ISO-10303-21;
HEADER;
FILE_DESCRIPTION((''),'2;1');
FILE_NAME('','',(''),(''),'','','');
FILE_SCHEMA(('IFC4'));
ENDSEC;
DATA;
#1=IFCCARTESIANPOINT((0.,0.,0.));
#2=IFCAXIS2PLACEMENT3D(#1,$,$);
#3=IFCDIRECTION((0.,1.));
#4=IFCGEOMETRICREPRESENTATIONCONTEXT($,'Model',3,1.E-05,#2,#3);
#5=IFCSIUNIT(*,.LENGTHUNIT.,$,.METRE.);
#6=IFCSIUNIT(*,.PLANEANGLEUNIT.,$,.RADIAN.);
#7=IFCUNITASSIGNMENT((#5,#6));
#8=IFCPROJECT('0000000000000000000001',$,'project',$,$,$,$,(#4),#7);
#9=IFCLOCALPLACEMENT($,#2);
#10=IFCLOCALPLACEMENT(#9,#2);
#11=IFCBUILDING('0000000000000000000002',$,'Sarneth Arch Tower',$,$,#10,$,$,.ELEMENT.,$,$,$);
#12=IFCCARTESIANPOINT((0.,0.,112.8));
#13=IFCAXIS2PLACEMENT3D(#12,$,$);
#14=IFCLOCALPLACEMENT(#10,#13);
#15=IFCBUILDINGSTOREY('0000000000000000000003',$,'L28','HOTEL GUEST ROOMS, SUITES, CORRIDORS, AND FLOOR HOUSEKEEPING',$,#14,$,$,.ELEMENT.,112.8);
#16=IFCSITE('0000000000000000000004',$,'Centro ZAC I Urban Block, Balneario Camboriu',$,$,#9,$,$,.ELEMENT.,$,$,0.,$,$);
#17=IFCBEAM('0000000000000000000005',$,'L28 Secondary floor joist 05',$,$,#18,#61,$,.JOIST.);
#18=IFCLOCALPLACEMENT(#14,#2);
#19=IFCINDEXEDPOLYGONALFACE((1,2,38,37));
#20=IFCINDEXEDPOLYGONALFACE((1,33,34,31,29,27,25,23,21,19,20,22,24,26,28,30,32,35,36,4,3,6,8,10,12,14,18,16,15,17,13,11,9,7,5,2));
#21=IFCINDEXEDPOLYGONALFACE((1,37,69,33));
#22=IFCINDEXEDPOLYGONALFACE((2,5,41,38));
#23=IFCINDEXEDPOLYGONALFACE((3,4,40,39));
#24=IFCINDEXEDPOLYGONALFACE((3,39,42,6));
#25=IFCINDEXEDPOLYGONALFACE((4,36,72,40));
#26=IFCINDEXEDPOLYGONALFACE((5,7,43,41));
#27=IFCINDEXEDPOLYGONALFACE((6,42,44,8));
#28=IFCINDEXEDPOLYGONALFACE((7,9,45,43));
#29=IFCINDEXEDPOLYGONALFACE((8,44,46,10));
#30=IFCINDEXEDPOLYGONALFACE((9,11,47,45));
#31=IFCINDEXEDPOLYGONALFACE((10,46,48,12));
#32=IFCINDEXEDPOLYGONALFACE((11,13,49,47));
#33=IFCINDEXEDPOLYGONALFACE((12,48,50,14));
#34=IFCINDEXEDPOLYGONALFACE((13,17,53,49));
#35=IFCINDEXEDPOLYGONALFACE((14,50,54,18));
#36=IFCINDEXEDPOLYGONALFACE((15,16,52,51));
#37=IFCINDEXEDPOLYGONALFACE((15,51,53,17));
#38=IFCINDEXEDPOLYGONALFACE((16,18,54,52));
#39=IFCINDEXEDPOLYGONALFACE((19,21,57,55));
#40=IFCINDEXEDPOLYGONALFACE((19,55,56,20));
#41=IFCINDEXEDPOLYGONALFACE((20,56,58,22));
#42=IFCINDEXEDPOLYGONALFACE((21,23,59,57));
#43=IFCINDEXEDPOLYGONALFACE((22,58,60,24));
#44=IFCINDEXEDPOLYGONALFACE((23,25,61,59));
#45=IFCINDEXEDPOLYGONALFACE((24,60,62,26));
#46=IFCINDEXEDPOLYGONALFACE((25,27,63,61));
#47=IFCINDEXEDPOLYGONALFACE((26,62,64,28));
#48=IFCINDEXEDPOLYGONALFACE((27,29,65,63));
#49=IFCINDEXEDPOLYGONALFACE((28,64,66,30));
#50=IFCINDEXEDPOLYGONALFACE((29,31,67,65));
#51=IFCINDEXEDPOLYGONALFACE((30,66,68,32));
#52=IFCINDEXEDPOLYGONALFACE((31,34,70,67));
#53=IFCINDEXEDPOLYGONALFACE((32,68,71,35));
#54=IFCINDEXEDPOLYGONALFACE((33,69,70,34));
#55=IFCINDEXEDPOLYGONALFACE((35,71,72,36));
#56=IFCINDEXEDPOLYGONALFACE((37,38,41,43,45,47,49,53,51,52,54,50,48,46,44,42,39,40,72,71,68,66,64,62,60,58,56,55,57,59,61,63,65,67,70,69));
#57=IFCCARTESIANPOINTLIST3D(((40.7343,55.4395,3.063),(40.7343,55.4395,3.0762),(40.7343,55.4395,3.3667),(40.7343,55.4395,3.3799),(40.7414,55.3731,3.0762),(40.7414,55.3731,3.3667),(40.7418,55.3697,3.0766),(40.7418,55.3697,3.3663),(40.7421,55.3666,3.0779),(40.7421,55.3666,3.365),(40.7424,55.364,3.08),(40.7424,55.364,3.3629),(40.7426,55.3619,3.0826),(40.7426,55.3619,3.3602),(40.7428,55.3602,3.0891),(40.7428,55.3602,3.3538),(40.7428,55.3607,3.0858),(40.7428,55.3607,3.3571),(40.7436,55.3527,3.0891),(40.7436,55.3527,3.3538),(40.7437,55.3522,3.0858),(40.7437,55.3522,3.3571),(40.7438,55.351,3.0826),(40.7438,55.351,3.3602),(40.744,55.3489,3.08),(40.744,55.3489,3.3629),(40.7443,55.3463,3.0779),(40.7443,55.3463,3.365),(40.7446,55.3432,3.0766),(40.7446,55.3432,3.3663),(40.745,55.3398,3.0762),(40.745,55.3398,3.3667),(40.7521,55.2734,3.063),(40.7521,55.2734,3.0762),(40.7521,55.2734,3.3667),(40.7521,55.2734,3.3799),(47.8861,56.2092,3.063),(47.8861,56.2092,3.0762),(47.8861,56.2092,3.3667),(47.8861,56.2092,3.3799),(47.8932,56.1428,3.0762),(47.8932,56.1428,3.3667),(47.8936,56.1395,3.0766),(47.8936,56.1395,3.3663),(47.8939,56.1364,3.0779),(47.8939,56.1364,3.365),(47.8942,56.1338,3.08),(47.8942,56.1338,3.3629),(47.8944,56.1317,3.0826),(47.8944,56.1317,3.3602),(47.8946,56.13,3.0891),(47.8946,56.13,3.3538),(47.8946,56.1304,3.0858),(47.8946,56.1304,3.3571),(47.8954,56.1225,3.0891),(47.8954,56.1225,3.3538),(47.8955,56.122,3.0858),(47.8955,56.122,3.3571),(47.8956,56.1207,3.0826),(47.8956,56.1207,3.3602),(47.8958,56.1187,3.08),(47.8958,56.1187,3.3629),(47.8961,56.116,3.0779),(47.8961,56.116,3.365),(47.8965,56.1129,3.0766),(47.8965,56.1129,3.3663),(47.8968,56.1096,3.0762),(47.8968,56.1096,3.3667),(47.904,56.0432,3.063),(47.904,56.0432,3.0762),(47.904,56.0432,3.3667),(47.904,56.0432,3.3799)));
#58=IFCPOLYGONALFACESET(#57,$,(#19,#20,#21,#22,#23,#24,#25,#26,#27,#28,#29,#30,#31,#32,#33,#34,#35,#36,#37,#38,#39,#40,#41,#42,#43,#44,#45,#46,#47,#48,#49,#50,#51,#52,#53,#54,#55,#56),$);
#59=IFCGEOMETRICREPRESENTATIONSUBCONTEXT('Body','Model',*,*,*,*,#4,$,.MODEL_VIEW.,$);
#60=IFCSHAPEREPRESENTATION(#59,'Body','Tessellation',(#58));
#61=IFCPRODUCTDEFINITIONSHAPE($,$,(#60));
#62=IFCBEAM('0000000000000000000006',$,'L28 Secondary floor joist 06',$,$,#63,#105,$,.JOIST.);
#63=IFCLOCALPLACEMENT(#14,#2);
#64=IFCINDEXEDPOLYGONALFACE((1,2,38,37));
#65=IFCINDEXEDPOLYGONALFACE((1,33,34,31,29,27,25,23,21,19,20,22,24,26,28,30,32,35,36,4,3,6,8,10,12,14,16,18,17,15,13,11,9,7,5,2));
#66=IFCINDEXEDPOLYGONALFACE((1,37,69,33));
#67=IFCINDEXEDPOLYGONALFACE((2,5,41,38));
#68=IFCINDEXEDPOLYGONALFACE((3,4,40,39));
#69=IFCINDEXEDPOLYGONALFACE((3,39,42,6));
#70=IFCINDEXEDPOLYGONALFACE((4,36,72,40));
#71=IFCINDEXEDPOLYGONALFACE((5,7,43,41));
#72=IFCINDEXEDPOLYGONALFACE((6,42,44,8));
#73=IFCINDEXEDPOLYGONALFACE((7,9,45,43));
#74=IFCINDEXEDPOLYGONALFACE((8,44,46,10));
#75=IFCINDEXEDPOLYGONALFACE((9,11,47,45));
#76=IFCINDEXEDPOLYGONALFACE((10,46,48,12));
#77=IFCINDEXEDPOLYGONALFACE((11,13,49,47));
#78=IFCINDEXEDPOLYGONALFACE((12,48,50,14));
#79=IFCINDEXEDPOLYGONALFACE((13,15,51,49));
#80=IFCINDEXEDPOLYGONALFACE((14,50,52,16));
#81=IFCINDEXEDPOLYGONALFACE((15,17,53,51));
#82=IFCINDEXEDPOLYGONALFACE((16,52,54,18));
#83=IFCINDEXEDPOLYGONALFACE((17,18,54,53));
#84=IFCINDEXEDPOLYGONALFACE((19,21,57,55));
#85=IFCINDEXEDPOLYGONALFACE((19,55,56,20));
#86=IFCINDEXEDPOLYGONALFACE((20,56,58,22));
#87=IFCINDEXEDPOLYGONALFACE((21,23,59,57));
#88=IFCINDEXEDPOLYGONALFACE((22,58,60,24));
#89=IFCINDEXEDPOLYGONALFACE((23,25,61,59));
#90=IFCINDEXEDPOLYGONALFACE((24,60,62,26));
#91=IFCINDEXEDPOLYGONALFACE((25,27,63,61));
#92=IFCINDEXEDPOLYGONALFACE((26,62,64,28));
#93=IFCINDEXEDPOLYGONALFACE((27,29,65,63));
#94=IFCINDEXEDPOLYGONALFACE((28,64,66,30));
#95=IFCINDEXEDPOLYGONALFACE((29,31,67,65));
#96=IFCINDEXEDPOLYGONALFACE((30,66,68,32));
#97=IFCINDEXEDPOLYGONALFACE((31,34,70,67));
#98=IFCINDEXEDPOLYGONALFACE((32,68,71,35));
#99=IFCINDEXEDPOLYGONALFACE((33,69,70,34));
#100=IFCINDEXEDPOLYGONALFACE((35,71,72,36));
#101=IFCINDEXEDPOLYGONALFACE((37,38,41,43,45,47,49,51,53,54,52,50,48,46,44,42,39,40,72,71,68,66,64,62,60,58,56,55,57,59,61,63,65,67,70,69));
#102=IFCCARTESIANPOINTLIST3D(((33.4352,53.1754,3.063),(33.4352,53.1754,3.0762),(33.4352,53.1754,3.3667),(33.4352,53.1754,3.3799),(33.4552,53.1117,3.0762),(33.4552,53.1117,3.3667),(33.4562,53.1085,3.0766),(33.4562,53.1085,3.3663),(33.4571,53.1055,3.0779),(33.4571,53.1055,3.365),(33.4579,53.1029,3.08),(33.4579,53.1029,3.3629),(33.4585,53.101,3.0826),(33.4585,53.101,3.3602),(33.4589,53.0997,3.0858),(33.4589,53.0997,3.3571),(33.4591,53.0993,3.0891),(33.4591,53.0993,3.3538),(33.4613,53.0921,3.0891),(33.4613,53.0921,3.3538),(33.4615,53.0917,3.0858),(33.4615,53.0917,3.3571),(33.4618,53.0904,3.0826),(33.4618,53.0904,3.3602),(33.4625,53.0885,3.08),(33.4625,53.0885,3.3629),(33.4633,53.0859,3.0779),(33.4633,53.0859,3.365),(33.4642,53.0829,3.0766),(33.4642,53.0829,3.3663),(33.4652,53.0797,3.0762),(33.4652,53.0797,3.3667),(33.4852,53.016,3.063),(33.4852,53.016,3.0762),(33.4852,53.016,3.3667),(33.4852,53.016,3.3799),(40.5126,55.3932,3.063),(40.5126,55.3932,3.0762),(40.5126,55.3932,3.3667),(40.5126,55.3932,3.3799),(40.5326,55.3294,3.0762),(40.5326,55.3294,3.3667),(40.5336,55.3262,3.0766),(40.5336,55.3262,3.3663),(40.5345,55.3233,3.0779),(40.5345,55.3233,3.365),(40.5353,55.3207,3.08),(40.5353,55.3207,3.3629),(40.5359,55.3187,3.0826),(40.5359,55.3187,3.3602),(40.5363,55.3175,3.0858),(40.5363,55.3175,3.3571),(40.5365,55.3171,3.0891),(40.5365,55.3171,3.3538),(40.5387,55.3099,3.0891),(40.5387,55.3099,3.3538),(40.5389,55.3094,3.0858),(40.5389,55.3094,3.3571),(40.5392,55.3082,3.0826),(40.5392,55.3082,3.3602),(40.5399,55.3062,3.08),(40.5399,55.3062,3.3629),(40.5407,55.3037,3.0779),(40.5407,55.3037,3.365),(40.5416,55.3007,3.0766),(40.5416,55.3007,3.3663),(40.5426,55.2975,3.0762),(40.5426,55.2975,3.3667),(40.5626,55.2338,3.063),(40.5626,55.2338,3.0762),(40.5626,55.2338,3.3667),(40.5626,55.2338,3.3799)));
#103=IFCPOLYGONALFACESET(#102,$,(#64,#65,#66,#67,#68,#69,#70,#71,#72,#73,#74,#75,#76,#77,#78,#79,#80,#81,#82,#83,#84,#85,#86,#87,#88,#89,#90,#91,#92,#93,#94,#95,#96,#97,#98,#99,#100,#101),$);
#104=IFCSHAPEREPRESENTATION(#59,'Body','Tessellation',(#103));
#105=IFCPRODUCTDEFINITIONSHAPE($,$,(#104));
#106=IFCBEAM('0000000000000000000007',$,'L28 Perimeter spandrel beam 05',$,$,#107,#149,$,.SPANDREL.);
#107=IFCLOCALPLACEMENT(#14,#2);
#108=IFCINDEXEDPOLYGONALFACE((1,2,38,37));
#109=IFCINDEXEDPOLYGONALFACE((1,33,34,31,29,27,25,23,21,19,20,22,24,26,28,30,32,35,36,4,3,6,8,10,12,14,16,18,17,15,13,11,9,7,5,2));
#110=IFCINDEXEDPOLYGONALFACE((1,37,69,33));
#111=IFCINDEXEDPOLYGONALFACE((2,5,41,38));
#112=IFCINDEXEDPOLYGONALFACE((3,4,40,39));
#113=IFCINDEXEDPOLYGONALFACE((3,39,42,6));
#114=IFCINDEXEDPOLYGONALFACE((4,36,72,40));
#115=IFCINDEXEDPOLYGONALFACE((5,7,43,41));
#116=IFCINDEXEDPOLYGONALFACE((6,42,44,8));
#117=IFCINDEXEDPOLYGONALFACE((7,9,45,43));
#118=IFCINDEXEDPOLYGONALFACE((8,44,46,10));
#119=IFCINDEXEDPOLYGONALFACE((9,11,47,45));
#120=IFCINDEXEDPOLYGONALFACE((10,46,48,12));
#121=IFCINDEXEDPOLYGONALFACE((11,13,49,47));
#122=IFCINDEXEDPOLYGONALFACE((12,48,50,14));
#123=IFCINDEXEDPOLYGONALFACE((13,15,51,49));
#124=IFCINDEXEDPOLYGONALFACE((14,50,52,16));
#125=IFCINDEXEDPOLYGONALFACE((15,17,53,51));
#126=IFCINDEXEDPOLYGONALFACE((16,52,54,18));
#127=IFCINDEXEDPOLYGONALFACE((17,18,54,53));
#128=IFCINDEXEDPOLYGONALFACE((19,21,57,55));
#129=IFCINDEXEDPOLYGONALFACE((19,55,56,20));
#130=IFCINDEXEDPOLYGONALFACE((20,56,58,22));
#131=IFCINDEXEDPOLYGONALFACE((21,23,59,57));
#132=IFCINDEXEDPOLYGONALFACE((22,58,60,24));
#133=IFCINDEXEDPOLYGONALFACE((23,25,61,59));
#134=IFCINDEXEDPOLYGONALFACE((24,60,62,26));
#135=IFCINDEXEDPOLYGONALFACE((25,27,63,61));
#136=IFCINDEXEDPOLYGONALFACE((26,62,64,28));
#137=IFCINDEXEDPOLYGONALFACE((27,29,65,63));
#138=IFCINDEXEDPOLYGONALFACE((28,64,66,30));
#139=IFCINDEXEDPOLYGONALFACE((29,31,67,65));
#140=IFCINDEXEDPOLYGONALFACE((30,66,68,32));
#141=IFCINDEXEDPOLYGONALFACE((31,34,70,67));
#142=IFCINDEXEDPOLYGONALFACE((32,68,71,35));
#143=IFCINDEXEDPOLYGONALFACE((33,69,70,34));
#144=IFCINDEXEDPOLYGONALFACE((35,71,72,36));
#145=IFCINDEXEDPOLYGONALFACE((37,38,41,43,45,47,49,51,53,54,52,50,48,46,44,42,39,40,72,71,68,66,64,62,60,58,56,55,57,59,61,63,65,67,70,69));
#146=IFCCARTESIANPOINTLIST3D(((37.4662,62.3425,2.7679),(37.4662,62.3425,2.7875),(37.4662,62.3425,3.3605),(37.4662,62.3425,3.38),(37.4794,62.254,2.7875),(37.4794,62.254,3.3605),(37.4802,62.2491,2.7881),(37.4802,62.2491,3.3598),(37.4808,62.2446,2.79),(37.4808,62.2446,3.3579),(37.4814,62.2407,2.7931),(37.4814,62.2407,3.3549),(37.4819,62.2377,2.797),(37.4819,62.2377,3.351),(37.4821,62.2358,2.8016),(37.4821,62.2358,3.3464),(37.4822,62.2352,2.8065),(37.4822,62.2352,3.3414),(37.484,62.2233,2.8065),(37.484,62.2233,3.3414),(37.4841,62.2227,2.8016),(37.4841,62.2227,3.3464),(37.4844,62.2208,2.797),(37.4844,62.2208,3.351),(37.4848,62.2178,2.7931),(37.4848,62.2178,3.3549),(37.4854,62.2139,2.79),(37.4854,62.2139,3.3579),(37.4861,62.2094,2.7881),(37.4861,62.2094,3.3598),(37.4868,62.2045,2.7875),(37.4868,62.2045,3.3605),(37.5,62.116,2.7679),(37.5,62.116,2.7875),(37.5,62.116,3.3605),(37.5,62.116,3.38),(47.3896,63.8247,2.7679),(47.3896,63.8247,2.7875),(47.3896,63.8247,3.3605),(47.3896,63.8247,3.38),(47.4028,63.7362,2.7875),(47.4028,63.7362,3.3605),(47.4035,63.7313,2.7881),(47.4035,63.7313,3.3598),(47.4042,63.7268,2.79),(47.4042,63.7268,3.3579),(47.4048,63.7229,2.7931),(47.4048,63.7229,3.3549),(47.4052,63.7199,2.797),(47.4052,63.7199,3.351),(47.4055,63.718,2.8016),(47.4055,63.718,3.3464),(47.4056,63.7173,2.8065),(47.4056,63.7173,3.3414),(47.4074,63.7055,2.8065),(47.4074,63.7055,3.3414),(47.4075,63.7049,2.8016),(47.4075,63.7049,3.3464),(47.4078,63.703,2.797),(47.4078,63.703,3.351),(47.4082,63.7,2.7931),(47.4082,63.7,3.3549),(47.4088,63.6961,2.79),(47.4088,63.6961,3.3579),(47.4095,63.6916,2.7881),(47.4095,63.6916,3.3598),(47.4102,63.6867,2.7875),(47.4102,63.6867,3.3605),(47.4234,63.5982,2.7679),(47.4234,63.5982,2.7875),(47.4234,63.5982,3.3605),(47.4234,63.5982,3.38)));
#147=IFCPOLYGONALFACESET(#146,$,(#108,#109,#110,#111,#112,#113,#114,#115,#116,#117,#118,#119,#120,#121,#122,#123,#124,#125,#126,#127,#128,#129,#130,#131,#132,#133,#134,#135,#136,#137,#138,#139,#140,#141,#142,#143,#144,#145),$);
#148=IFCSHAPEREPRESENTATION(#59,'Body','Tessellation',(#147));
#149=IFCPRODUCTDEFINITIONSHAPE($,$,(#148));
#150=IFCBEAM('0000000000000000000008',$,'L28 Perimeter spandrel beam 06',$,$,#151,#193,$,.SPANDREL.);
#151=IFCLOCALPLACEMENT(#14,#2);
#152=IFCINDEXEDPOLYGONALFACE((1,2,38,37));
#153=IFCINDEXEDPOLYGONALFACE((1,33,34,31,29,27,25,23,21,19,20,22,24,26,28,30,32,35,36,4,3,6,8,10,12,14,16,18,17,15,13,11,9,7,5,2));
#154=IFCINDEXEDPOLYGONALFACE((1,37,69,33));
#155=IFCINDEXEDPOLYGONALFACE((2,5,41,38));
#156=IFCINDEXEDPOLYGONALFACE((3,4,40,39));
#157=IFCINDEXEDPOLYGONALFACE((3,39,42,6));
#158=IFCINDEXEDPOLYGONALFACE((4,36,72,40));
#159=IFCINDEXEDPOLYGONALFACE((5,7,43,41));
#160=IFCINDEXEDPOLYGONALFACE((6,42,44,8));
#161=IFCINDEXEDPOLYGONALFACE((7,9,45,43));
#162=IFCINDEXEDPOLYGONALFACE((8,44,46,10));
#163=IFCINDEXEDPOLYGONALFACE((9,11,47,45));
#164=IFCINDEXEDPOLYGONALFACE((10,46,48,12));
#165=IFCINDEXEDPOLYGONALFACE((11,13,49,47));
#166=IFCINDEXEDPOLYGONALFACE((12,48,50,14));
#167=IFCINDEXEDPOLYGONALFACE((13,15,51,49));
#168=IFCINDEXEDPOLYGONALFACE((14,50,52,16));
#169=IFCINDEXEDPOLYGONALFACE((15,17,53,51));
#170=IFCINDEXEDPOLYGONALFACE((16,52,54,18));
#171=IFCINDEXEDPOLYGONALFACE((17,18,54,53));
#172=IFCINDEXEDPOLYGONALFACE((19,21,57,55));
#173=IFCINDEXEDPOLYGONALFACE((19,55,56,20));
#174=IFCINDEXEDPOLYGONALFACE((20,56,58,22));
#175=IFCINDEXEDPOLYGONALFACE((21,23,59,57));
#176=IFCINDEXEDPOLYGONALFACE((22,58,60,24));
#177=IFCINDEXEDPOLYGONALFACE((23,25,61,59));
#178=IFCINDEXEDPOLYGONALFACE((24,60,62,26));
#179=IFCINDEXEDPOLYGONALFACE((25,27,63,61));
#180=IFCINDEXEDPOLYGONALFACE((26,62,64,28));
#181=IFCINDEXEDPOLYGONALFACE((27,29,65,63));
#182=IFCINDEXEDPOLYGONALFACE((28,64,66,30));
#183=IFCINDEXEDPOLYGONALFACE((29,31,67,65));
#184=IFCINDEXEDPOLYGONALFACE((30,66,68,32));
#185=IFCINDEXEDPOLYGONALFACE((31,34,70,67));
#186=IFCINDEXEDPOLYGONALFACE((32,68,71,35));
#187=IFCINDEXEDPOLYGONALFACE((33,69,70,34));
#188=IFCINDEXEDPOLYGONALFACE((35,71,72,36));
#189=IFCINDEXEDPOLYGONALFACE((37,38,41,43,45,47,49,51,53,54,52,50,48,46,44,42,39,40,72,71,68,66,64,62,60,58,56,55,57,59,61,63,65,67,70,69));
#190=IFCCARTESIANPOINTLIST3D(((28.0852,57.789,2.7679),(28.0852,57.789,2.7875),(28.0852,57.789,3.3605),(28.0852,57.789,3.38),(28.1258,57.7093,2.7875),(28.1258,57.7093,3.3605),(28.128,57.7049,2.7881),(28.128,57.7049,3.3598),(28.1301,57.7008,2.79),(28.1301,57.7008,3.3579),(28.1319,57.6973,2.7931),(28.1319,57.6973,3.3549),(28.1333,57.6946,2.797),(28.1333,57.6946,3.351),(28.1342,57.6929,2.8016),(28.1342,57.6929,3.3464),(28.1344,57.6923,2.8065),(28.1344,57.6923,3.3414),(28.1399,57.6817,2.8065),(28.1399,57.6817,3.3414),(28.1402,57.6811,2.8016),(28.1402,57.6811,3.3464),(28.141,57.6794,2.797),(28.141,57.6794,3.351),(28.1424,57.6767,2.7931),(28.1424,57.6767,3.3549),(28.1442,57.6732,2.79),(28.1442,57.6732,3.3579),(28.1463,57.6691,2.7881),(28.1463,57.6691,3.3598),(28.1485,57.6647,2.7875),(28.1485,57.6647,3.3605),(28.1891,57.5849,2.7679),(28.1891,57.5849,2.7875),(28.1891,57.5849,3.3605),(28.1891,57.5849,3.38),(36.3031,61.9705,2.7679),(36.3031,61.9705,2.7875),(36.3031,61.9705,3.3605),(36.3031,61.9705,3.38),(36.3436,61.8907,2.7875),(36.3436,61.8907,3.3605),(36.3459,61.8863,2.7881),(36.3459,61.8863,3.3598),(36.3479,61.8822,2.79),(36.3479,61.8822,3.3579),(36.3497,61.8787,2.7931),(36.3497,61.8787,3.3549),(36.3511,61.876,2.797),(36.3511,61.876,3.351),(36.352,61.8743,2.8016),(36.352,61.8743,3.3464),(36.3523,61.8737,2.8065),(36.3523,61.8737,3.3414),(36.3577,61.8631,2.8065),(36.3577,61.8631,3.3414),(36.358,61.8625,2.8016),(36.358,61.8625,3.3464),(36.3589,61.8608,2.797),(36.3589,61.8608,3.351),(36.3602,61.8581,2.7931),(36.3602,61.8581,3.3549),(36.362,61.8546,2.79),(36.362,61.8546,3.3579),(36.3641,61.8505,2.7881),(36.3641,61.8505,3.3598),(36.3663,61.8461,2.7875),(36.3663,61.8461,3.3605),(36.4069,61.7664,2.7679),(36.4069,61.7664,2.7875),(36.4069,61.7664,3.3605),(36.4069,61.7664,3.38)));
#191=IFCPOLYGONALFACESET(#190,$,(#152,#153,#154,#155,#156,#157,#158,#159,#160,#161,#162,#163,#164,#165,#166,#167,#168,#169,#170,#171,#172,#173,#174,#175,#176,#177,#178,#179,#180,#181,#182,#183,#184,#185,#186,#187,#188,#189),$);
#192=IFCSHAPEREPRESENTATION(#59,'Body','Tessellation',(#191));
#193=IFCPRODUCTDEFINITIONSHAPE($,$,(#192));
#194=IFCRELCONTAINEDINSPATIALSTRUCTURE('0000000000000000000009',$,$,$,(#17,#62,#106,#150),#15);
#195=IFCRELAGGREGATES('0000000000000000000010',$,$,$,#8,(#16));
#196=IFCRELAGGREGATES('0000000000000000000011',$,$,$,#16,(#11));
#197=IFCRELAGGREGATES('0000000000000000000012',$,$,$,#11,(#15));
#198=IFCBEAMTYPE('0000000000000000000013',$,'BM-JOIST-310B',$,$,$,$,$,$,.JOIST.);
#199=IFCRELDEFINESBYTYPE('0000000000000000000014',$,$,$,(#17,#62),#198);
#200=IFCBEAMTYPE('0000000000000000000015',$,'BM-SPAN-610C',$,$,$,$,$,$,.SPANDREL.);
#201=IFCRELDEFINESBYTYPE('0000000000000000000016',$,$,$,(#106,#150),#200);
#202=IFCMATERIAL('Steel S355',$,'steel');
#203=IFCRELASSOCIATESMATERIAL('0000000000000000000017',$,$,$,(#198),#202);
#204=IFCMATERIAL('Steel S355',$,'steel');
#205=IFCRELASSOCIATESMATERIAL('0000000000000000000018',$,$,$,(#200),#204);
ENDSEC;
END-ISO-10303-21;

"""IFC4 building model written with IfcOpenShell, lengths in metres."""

from ifc_helpers import new_model, si_unit, direction, frame, origin, origin_2d, place, context, subcontext, project, spatial, i_section, extrude, material, material_profile, profile_set, type_object, element, save


model = new_model("IFC4")

# Units and contexts
model_context = context("Model", 3, precision=1e-05, world=origin(), true_north=direction((0.0, 1.0)))
body_context = subcontext(model_context, "Body", "Model", "MODEL_VIEW")
ifc_project = project(units=[si_unit("LENGTHUNIT", "METRE"), si_unit("PLANEANGLEUNIT", "RADIAN")], contexts=[model_context])

# Site, building, storey
site_placement = place(None, origin())
site = spatial("IfcSite", under=ifc_project, at=site_placement, Name="Centro ZAC I Urban Block, Balneario Camboriu", CompositionType="ELEMENT", RefElevation=0.0)
building_placement = place(site_placement, origin())
building = spatial("IfcBuilding", under=site, at=building_placement, Name="Sarneth Arch Tower", CompositionType="ELEMENT")
storey_placement = place(building_placement, frame((0.0, 0.0, 112.8)))
storey = spatial("IfcBuildingStorey", under=building, at=storey_placement, Name="L28", Description="HOTEL GUEST ROOMS, SUITES, CORRIDORS, AND FLOOR HOUSEKEEPING", CompositionType="ELEMENT", Elevation=112.8)

# Beams
ifc_material_1 = material(Name="Steel S355", Category="steel")
ifc_material_profile_1 = material_profile(ifc_material_1, i_section(OverallWidth=0.167, OverallDepth=0.3169, WebThickness=0.0076, FlangeThickness=0.0132, FilletRadius=0.0129, at=origin_2d()), Name="W310x52")
ifc_profile_set_1 = profile_set([ifc_material_profile_1], Name="Steel S355")
beam_type_1 = type_object("IfcBeamType", Name="BM-JOIST-310B", PredefinedType="JOIST", material=ifc_profile_set_1)
beam_1_placement = place(storey_placement, frame((47.895, 56.1262, 3.2214), z_axis=(-0.994257, -0.107015, 0.0), x_axis=(0.107015, -0.994257, 0.0)))
element("IfcBeam", 1, at=beam_1_placement, inside=storey, type_object=beam_type_1, Name="L28 Secondary floor joist 05", PredefinedType="JOIST", context=body_context, shape_type="SweptSolid", body=[
    extrude(i_section(OverallWidth=0.167, OverallDepth=0.3169, WebThickness=0.0076, FlangeThickness=0.0132, FilletRadius=0.0129, at=origin_2d()), origin(), (0.0, 0.0, 1.0), 7.1931),
])
beam_2_placement = place(storey_placement, frame((40.5376, 55.3135, 3.2214), z_axis=(-0.954246, -0.299023, 0.0), x_axis=(0.299023, -0.954246, 0.0)))
element("IfcBeam", 2, at=beam_2_placement, inside=storey, type_object=beam_type_1, Name="L28 Secondary floor joist 06", PredefinedType="JOIST", context=body_context, shape_type="SweptSolid", body=[
    extrude(i_section(OverallWidth=0.167, OverallDepth=0.3169, WebThickness=0.0076, FlangeThickness=0.0132, FilletRadius=0.0129, at=origin_2d()), origin(), (0.0, 0.0, 1.0), 7.4167),
])
ifc_material_2 = material(Name="Steel S355", Category="steel")
ifc_material_profile_2 = material_profile(ifc_material_2, i_section(OverallWidth=0.229, OverallDepth=0.6121, WebThickness=0.012, FlangeThickness=0.0195, FilletRadius=0.019, at=origin_2d()), Name="W610x125")
ifc_profile_set_2 = profile_set([ifc_material_profile_2], Name="Steel S355")
beam_type_2 = type_object("IfcBeamType", Name="BM-SPAN-610C", PredefinedType="SPANDREL", material=ifc_profile_set_2)
beam_3_placement = place(storey_placement, frame((47.4065, 63.7114, 3.074), z_axis=(-0.989029, -0.147724, 0.0), x_axis=(0.147724, -0.989029, 0.0)))
element("IfcBeam", 3, at=beam_3_placement, inside=storey, type_object=beam_type_2, Name="L28 Perimeter spandrel beam 05", PredefinedType="SPANDREL", context=body_context, shape_type="SweptSolid", body=[
    extrude(i_section(OverallWidth=0.229, OverallDepth=0.6121, WebThickness=0.012, FlangeThickness=0.0195, FilletRadius=0.019, at=origin_2d()), origin(), (0.0, 0.0, 1.0), 10.0334),
])
beam_4_placement = place(storey_placement, frame((36.355, 61.8684, 3.074), z_axis=(-0.891259, -0.453494, 0.0), x_axis=(0.453494, -0.891259, 0.0)))
element("IfcBeam", 4, at=beam_4_placement, inside=storey, type_object=beam_type_2, Name="L28 Perimeter spandrel beam 06", PredefinedType="SPANDREL", context=body_context, shape_type="SweptSolid", body=[
    extrude(i_section(OverallWidth=0.229, OverallDepth=0.6121, WebThickness=0.012, FlangeThickness=0.0195, FilletRadius=0.019, at=origin_2d()), origin(), (0.0, 0.0, 1.0), 9.2205),
])

save(model, "model.ifc")
